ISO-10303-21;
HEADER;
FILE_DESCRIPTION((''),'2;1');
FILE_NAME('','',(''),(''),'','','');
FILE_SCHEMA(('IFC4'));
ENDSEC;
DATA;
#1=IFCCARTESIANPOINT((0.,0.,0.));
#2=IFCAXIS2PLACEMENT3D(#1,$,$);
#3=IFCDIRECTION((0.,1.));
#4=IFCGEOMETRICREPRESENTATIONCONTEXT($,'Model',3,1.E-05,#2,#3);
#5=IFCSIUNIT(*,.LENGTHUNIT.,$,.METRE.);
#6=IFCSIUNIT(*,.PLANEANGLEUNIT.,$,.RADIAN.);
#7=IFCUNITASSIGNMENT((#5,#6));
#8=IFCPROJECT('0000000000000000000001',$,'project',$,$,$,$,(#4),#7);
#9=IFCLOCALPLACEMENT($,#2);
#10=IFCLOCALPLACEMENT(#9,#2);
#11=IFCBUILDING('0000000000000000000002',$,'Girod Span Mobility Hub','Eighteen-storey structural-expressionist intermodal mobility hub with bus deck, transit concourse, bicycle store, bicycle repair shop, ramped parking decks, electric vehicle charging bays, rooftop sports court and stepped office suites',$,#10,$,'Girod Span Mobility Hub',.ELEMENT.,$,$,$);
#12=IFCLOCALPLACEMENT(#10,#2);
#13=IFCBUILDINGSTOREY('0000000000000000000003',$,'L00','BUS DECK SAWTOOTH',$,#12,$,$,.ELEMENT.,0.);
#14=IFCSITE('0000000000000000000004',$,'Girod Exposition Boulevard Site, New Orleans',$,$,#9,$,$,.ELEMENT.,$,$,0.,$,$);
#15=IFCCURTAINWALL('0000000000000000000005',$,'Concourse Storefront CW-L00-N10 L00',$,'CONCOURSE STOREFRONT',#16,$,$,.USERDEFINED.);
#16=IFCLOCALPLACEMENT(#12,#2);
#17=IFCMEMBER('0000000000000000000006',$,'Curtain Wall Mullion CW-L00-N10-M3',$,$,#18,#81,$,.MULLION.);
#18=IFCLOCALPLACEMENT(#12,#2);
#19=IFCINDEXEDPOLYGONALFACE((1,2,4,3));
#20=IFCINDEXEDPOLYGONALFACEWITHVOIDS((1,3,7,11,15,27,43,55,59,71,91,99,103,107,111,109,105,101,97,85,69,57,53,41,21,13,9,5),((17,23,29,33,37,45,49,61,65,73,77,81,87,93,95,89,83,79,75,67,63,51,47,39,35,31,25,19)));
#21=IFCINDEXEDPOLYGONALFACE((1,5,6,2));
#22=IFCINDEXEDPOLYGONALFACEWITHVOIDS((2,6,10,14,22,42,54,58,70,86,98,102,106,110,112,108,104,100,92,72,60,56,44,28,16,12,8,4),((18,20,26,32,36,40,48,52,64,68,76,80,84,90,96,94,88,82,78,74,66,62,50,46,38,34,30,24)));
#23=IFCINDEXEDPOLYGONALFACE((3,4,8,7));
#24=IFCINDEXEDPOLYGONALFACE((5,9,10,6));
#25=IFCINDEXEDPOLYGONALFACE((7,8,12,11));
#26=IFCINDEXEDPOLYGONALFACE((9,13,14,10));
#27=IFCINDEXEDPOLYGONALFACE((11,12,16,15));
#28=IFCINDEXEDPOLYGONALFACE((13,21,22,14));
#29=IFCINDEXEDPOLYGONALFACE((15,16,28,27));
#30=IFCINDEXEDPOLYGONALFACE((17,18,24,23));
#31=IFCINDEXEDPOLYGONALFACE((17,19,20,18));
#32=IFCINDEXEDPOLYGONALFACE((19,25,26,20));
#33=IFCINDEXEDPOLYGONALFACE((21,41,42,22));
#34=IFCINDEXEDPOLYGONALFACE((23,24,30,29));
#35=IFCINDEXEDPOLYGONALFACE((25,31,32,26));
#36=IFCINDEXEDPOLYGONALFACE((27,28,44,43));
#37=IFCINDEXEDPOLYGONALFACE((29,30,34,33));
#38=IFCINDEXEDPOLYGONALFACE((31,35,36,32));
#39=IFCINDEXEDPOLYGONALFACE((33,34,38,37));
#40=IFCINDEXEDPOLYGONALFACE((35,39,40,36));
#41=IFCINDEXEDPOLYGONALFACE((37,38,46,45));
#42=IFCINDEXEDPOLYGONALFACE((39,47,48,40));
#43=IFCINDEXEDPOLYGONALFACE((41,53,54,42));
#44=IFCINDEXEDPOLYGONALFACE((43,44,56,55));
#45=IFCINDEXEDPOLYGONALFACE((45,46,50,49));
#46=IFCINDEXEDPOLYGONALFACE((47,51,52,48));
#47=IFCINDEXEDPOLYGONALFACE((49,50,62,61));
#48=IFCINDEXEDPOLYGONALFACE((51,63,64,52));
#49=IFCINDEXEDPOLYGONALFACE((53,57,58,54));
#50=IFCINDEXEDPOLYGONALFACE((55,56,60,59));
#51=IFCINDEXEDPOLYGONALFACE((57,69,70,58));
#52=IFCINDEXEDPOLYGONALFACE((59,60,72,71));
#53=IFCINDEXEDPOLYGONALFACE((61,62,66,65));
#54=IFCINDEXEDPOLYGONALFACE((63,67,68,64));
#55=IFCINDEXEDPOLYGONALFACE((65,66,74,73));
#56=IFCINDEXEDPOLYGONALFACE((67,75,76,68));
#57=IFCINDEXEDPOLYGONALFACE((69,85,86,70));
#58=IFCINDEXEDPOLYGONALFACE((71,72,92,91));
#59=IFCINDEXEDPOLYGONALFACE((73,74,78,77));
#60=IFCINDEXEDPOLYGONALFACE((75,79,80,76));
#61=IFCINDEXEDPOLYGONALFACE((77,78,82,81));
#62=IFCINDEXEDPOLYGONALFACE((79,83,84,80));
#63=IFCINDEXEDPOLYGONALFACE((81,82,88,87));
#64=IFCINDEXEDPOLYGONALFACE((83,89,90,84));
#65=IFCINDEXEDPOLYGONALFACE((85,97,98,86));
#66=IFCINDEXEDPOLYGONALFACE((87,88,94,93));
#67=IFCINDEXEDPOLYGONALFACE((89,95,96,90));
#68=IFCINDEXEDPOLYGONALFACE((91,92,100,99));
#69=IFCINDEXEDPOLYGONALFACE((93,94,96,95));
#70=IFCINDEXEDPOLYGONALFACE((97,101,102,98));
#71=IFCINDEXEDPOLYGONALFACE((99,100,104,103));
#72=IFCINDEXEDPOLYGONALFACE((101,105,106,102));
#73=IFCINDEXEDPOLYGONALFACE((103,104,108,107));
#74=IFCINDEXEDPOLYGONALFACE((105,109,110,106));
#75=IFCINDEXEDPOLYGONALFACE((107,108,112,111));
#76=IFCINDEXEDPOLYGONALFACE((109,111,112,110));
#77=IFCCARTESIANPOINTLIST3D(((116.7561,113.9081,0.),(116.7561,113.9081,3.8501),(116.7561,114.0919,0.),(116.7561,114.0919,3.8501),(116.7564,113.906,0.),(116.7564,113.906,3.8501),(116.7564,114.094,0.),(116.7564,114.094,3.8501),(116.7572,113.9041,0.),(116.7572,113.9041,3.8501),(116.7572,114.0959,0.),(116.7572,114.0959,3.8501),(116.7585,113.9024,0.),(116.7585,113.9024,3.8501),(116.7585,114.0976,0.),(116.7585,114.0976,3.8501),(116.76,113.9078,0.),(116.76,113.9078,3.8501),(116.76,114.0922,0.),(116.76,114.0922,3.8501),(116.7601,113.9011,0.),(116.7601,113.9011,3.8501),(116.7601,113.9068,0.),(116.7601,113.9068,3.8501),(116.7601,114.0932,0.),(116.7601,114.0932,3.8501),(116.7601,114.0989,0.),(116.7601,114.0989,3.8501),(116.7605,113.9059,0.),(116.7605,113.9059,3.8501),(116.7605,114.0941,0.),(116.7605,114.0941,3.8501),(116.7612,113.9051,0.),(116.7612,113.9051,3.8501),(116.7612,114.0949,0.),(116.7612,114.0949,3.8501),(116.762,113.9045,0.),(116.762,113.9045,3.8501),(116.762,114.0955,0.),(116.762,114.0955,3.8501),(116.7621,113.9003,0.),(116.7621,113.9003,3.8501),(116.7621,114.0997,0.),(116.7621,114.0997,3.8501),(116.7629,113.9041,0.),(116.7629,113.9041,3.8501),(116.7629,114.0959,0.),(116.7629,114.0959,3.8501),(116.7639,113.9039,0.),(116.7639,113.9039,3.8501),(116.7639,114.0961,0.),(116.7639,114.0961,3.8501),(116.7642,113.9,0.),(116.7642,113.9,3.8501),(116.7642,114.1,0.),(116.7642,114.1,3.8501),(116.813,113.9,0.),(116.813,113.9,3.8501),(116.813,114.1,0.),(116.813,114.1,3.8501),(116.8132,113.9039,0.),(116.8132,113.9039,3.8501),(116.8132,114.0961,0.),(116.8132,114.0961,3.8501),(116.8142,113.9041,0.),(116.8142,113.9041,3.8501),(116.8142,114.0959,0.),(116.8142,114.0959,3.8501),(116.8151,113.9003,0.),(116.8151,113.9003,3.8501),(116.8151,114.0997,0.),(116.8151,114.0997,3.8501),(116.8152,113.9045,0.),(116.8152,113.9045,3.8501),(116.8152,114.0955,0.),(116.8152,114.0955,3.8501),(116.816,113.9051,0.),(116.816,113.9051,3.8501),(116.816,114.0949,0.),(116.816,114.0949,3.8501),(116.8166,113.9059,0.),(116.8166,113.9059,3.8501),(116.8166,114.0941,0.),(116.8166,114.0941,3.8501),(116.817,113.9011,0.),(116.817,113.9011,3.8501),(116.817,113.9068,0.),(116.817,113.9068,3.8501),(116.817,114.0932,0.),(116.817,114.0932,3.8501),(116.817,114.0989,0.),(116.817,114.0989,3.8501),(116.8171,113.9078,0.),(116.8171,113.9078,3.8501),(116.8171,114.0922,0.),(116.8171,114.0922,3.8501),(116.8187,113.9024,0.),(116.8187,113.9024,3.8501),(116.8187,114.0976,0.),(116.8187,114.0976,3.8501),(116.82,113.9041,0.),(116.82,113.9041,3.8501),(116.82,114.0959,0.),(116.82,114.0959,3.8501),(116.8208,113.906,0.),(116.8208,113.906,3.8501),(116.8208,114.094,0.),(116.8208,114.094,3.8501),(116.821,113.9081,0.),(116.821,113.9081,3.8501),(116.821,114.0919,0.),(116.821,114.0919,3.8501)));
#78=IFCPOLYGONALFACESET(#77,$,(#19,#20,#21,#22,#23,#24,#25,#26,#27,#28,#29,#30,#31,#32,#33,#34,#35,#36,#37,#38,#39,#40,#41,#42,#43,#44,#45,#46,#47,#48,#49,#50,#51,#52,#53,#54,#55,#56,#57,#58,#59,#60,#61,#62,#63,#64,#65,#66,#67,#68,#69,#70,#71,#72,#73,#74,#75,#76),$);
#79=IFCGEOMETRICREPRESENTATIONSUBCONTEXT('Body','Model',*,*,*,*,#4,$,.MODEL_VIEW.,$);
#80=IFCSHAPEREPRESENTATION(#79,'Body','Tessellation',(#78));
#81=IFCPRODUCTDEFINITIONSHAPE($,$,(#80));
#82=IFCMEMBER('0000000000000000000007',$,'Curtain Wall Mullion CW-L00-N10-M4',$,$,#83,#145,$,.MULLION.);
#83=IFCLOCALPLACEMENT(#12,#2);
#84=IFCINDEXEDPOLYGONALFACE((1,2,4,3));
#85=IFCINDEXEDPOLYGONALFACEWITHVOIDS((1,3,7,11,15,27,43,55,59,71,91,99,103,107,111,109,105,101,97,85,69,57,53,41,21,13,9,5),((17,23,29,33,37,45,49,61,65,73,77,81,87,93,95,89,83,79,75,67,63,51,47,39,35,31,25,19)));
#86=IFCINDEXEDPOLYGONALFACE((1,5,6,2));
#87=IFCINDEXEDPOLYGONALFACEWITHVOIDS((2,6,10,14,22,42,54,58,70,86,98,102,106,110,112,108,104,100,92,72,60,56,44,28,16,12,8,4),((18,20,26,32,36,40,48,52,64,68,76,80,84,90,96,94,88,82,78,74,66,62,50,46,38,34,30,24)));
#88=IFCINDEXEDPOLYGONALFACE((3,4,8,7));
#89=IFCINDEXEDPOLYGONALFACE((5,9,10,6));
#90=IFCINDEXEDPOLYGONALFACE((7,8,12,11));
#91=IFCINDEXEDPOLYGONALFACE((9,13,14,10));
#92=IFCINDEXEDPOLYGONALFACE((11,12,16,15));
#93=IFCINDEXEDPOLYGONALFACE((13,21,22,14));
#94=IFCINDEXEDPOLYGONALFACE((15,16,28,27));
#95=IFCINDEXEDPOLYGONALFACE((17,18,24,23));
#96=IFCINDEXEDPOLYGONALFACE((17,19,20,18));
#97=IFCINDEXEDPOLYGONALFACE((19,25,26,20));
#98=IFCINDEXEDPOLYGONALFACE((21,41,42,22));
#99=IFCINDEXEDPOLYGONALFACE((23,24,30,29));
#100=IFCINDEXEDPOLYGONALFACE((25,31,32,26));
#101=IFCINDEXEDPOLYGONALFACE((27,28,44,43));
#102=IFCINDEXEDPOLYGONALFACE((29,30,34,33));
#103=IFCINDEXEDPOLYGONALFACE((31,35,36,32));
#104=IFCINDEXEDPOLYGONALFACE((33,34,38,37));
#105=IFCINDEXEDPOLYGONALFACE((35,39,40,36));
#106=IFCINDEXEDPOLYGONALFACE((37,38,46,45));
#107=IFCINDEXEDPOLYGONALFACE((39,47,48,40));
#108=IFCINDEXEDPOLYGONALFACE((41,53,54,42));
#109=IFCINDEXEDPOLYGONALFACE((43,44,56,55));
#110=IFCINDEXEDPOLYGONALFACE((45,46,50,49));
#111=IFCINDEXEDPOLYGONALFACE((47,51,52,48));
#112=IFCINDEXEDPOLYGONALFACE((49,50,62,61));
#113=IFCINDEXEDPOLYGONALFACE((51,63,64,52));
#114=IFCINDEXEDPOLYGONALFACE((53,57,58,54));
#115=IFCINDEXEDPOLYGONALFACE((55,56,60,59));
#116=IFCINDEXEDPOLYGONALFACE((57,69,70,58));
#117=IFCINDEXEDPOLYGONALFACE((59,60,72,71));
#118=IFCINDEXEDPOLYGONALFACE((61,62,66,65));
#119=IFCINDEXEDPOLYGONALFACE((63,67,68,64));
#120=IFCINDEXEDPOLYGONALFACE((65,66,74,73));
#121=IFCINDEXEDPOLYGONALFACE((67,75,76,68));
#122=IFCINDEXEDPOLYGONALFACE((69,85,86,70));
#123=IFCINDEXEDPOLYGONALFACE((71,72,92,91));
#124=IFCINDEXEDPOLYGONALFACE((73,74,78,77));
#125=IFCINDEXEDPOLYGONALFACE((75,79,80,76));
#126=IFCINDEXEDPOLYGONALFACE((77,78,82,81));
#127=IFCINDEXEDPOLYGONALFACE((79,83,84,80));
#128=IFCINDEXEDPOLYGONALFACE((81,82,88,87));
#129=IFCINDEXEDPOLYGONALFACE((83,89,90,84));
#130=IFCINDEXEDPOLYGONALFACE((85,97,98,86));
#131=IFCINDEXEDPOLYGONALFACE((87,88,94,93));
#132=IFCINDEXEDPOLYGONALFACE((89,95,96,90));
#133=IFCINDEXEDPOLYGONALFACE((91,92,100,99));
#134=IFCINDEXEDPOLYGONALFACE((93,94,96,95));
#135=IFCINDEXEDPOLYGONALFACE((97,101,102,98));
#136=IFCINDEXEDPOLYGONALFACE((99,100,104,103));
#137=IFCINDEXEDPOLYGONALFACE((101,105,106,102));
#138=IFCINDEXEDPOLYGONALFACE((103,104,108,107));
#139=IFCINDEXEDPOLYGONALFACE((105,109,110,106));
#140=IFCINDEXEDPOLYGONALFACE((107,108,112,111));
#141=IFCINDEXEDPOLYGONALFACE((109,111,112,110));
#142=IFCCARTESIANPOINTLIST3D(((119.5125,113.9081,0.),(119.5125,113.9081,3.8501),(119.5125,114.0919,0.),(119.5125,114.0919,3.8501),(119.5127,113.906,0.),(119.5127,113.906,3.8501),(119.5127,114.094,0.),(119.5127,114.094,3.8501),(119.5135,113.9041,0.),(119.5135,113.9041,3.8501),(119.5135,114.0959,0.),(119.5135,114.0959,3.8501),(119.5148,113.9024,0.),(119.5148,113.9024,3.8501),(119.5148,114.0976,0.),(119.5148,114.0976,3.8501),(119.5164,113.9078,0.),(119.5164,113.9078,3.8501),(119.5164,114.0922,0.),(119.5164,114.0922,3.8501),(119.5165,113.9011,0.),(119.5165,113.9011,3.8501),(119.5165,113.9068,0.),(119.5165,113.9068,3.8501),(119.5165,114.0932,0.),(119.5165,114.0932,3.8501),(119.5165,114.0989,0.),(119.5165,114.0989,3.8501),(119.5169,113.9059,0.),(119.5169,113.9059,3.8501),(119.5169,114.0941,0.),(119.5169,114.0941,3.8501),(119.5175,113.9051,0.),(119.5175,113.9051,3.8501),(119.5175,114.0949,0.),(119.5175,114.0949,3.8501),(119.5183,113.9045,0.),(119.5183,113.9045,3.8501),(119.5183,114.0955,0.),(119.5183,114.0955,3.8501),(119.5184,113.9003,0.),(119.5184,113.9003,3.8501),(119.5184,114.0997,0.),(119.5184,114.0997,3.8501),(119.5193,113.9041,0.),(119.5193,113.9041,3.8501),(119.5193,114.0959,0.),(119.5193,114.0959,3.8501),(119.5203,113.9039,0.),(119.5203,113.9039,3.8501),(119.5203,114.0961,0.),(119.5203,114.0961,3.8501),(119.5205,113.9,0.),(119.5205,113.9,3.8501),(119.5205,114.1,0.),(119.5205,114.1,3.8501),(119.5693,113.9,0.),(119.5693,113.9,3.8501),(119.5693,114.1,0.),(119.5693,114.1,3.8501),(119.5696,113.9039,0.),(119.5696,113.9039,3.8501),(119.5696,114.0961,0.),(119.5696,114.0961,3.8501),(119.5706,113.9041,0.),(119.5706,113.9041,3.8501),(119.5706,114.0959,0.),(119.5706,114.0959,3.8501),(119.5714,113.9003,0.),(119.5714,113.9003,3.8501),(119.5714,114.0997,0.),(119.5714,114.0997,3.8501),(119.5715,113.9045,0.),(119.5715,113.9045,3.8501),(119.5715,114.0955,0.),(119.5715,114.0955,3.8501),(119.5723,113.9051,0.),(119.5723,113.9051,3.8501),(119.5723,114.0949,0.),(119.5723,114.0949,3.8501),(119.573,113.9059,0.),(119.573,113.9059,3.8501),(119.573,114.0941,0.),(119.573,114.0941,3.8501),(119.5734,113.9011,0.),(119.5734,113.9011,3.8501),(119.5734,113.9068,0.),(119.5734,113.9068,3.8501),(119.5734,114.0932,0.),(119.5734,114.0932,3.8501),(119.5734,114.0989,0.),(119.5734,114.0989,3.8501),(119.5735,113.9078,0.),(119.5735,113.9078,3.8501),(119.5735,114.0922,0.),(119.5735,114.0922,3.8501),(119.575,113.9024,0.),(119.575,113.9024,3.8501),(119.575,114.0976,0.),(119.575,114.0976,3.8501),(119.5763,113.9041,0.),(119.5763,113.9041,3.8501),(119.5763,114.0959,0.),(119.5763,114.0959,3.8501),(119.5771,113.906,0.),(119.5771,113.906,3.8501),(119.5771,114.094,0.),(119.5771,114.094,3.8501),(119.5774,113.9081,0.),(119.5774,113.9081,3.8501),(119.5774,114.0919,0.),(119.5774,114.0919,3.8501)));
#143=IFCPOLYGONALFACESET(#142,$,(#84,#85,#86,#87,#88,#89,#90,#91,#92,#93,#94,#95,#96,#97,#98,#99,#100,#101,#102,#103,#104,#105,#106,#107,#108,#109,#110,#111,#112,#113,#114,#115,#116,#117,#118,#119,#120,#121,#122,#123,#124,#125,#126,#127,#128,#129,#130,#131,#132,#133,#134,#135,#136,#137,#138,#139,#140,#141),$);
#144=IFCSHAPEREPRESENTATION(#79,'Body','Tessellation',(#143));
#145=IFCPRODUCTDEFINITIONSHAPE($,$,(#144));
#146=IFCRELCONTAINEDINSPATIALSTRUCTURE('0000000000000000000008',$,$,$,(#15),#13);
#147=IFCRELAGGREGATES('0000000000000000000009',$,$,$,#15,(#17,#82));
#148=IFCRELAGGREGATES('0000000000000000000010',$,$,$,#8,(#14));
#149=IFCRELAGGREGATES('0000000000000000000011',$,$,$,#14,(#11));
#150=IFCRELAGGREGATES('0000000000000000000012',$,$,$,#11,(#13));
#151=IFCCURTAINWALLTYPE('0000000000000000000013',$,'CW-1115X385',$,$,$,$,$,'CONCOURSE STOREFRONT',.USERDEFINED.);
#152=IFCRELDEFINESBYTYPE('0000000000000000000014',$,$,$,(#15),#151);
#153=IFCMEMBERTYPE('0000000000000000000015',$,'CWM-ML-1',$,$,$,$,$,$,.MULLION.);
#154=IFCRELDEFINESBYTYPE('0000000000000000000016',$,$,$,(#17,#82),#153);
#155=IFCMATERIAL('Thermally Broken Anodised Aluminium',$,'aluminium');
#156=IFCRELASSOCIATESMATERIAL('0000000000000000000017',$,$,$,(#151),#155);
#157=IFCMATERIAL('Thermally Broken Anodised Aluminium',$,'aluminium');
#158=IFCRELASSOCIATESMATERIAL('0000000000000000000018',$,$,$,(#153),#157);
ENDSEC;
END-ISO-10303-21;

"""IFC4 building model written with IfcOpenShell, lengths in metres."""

from ifc_helpers import new_model, si_unit, direction, frame, origin, origin_2d, place, context, subcontext, project, spatial, hollow_rectangle, extrude, material, material_profile, profile_set, type_object, element, aggregate, save


model = new_model("IFC4")

# Units and contexts
model_context = context("Model", 3, precision=1e-05, world=origin(), true_north=direction((0.0, 1.0)))
body_context = subcontext(model_context, "Body", "Model", "MODEL_VIEW")
ifc_project = project(units=[si_unit("LENGTHUNIT", "METRE"), si_unit("PLANEANGLEUNIT", "RADIAN")], contexts=[model_context])

# Site, building, storey
site_placement = place(None, origin())
site = spatial("IfcSite", under=ifc_project, at=site_placement, Name="Girod Exposition Boulevard Site, New Orleans", CompositionType="ELEMENT", RefElevation=0.0)
building_placement = place(site_placement, origin())
building = spatial("IfcBuilding", under=site, at=building_placement, Name="Girod Span Mobility Hub", Description="Eighteen-storey structural-expressionist intermodal mobility hub with bus deck, transit concourse, bicycle store, bicycle repair shop, ramped parking decks, electric vehicle charging bays, rooftop sports court and stepped office suites", LongName="Girod Span Mobility Hub", CompositionType="ELEMENT")
storey_placement = place(building_placement, origin())
storey = spatial("IfcBuildingStorey", under=building, at=storey_placement, Name="L00", Description="BUS DECK SAWTOOTH", CompositionType="ELEMENT", Elevation=0.0)

# Shared definitions
ifc_material_1 = material(Name="Thermally Broken Anodised Aluminium", Category="aluminium")
curtain_wall_type = type_object("IfcCurtainWallType", Name="CW-1115X385", ElementType="CONCOURSE STOREFRONT", PredefinedType="USERDEFINED", material=ifc_material_1)
ifc_material_2 = material(Name="Thermally Broken Anodised Aluminium", Category="aluminium")
ifc_material_profile_1 = material_profile(ifc_material_2, hollow_rectangle(XDim=0.2, YDim=0.0649, WallThickness=0.0039, InnerFilletRadius=0.0039, OuterFilletRadius=0.0081, at=origin_2d()), Name="CW-ML-65X200")
ifc_profile_set_1 = profile_set([ifc_material_profile_1], Name="Thermally Broken Anodised Aluminium")
member_type_1 = type_object("IfcMemberType", Name="CWM-ML-1", PredefinedType="MULLION", material=ifc_profile_set_1)

# Curtain wall, members
curtain_wall_1_placement = place(storey_placement, origin())
curtain_wall_1 = element("IfcCurtainWall", 1, at=curtain_wall_1_placement, inside=storey, type_object=curtain_wall_type, Name="Concourse Storefront CW-L00-N10 L00", ObjectType="CONCOURSE STOREFRONT", PredefinedType="USERDEFINED")
member_1_placement = place(storey_placement, frame((116.7886, 114.0, 0.0), z_axis=(0.0, 0.0, 1.0), x_axis=(0.0, 1.0, 0.0)))
member_1 = element("IfcMember", 2, at=member_1_placement, type_object=member_type_1, Name="Curtain Wall Mullion CW-L00-N10-M3", PredefinedType="MULLION", context=body_context, shape_type="SweptSolid", body=[
    extrude(hollow_rectangle(XDim=0.2, YDim=0.0649, WallThickness=0.0039, InnerFilletRadius=0.0039, OuterFilletRadius=0.0081, at=origin_2d()), origin(), (0.0, 0.0, 1.0), 3.8501),
])
member_2_placement = place(storey_placement, frame((119.5449, 114.0, 0.0), z_axis=(0.0, 0.0, 1.0), x_axis=(0.0, 1.0, 0.0)))
member_2 = element("IfcMember", 3, at=member_2_placement, type_object=member_type_1, Name="Curtain Wall Mullion CW-L00-N10-M4", PredefinedType="MULLION", context=body_context, shape_type="SweptSolid", body=[
    extrude(hollow_rectangle(XDim=0.2, YDim=0.0649, WallThickness=0.0039, InnerFilletRadius=0.0039, OuterFilletRadius=0.0081, at=origin_2d()), origin(), (0.0, 0.0, 1.0), 3.8501),
])

aggregate(curtain_wall_1, [member_1, member_2])

save(model, "model.ifc")
